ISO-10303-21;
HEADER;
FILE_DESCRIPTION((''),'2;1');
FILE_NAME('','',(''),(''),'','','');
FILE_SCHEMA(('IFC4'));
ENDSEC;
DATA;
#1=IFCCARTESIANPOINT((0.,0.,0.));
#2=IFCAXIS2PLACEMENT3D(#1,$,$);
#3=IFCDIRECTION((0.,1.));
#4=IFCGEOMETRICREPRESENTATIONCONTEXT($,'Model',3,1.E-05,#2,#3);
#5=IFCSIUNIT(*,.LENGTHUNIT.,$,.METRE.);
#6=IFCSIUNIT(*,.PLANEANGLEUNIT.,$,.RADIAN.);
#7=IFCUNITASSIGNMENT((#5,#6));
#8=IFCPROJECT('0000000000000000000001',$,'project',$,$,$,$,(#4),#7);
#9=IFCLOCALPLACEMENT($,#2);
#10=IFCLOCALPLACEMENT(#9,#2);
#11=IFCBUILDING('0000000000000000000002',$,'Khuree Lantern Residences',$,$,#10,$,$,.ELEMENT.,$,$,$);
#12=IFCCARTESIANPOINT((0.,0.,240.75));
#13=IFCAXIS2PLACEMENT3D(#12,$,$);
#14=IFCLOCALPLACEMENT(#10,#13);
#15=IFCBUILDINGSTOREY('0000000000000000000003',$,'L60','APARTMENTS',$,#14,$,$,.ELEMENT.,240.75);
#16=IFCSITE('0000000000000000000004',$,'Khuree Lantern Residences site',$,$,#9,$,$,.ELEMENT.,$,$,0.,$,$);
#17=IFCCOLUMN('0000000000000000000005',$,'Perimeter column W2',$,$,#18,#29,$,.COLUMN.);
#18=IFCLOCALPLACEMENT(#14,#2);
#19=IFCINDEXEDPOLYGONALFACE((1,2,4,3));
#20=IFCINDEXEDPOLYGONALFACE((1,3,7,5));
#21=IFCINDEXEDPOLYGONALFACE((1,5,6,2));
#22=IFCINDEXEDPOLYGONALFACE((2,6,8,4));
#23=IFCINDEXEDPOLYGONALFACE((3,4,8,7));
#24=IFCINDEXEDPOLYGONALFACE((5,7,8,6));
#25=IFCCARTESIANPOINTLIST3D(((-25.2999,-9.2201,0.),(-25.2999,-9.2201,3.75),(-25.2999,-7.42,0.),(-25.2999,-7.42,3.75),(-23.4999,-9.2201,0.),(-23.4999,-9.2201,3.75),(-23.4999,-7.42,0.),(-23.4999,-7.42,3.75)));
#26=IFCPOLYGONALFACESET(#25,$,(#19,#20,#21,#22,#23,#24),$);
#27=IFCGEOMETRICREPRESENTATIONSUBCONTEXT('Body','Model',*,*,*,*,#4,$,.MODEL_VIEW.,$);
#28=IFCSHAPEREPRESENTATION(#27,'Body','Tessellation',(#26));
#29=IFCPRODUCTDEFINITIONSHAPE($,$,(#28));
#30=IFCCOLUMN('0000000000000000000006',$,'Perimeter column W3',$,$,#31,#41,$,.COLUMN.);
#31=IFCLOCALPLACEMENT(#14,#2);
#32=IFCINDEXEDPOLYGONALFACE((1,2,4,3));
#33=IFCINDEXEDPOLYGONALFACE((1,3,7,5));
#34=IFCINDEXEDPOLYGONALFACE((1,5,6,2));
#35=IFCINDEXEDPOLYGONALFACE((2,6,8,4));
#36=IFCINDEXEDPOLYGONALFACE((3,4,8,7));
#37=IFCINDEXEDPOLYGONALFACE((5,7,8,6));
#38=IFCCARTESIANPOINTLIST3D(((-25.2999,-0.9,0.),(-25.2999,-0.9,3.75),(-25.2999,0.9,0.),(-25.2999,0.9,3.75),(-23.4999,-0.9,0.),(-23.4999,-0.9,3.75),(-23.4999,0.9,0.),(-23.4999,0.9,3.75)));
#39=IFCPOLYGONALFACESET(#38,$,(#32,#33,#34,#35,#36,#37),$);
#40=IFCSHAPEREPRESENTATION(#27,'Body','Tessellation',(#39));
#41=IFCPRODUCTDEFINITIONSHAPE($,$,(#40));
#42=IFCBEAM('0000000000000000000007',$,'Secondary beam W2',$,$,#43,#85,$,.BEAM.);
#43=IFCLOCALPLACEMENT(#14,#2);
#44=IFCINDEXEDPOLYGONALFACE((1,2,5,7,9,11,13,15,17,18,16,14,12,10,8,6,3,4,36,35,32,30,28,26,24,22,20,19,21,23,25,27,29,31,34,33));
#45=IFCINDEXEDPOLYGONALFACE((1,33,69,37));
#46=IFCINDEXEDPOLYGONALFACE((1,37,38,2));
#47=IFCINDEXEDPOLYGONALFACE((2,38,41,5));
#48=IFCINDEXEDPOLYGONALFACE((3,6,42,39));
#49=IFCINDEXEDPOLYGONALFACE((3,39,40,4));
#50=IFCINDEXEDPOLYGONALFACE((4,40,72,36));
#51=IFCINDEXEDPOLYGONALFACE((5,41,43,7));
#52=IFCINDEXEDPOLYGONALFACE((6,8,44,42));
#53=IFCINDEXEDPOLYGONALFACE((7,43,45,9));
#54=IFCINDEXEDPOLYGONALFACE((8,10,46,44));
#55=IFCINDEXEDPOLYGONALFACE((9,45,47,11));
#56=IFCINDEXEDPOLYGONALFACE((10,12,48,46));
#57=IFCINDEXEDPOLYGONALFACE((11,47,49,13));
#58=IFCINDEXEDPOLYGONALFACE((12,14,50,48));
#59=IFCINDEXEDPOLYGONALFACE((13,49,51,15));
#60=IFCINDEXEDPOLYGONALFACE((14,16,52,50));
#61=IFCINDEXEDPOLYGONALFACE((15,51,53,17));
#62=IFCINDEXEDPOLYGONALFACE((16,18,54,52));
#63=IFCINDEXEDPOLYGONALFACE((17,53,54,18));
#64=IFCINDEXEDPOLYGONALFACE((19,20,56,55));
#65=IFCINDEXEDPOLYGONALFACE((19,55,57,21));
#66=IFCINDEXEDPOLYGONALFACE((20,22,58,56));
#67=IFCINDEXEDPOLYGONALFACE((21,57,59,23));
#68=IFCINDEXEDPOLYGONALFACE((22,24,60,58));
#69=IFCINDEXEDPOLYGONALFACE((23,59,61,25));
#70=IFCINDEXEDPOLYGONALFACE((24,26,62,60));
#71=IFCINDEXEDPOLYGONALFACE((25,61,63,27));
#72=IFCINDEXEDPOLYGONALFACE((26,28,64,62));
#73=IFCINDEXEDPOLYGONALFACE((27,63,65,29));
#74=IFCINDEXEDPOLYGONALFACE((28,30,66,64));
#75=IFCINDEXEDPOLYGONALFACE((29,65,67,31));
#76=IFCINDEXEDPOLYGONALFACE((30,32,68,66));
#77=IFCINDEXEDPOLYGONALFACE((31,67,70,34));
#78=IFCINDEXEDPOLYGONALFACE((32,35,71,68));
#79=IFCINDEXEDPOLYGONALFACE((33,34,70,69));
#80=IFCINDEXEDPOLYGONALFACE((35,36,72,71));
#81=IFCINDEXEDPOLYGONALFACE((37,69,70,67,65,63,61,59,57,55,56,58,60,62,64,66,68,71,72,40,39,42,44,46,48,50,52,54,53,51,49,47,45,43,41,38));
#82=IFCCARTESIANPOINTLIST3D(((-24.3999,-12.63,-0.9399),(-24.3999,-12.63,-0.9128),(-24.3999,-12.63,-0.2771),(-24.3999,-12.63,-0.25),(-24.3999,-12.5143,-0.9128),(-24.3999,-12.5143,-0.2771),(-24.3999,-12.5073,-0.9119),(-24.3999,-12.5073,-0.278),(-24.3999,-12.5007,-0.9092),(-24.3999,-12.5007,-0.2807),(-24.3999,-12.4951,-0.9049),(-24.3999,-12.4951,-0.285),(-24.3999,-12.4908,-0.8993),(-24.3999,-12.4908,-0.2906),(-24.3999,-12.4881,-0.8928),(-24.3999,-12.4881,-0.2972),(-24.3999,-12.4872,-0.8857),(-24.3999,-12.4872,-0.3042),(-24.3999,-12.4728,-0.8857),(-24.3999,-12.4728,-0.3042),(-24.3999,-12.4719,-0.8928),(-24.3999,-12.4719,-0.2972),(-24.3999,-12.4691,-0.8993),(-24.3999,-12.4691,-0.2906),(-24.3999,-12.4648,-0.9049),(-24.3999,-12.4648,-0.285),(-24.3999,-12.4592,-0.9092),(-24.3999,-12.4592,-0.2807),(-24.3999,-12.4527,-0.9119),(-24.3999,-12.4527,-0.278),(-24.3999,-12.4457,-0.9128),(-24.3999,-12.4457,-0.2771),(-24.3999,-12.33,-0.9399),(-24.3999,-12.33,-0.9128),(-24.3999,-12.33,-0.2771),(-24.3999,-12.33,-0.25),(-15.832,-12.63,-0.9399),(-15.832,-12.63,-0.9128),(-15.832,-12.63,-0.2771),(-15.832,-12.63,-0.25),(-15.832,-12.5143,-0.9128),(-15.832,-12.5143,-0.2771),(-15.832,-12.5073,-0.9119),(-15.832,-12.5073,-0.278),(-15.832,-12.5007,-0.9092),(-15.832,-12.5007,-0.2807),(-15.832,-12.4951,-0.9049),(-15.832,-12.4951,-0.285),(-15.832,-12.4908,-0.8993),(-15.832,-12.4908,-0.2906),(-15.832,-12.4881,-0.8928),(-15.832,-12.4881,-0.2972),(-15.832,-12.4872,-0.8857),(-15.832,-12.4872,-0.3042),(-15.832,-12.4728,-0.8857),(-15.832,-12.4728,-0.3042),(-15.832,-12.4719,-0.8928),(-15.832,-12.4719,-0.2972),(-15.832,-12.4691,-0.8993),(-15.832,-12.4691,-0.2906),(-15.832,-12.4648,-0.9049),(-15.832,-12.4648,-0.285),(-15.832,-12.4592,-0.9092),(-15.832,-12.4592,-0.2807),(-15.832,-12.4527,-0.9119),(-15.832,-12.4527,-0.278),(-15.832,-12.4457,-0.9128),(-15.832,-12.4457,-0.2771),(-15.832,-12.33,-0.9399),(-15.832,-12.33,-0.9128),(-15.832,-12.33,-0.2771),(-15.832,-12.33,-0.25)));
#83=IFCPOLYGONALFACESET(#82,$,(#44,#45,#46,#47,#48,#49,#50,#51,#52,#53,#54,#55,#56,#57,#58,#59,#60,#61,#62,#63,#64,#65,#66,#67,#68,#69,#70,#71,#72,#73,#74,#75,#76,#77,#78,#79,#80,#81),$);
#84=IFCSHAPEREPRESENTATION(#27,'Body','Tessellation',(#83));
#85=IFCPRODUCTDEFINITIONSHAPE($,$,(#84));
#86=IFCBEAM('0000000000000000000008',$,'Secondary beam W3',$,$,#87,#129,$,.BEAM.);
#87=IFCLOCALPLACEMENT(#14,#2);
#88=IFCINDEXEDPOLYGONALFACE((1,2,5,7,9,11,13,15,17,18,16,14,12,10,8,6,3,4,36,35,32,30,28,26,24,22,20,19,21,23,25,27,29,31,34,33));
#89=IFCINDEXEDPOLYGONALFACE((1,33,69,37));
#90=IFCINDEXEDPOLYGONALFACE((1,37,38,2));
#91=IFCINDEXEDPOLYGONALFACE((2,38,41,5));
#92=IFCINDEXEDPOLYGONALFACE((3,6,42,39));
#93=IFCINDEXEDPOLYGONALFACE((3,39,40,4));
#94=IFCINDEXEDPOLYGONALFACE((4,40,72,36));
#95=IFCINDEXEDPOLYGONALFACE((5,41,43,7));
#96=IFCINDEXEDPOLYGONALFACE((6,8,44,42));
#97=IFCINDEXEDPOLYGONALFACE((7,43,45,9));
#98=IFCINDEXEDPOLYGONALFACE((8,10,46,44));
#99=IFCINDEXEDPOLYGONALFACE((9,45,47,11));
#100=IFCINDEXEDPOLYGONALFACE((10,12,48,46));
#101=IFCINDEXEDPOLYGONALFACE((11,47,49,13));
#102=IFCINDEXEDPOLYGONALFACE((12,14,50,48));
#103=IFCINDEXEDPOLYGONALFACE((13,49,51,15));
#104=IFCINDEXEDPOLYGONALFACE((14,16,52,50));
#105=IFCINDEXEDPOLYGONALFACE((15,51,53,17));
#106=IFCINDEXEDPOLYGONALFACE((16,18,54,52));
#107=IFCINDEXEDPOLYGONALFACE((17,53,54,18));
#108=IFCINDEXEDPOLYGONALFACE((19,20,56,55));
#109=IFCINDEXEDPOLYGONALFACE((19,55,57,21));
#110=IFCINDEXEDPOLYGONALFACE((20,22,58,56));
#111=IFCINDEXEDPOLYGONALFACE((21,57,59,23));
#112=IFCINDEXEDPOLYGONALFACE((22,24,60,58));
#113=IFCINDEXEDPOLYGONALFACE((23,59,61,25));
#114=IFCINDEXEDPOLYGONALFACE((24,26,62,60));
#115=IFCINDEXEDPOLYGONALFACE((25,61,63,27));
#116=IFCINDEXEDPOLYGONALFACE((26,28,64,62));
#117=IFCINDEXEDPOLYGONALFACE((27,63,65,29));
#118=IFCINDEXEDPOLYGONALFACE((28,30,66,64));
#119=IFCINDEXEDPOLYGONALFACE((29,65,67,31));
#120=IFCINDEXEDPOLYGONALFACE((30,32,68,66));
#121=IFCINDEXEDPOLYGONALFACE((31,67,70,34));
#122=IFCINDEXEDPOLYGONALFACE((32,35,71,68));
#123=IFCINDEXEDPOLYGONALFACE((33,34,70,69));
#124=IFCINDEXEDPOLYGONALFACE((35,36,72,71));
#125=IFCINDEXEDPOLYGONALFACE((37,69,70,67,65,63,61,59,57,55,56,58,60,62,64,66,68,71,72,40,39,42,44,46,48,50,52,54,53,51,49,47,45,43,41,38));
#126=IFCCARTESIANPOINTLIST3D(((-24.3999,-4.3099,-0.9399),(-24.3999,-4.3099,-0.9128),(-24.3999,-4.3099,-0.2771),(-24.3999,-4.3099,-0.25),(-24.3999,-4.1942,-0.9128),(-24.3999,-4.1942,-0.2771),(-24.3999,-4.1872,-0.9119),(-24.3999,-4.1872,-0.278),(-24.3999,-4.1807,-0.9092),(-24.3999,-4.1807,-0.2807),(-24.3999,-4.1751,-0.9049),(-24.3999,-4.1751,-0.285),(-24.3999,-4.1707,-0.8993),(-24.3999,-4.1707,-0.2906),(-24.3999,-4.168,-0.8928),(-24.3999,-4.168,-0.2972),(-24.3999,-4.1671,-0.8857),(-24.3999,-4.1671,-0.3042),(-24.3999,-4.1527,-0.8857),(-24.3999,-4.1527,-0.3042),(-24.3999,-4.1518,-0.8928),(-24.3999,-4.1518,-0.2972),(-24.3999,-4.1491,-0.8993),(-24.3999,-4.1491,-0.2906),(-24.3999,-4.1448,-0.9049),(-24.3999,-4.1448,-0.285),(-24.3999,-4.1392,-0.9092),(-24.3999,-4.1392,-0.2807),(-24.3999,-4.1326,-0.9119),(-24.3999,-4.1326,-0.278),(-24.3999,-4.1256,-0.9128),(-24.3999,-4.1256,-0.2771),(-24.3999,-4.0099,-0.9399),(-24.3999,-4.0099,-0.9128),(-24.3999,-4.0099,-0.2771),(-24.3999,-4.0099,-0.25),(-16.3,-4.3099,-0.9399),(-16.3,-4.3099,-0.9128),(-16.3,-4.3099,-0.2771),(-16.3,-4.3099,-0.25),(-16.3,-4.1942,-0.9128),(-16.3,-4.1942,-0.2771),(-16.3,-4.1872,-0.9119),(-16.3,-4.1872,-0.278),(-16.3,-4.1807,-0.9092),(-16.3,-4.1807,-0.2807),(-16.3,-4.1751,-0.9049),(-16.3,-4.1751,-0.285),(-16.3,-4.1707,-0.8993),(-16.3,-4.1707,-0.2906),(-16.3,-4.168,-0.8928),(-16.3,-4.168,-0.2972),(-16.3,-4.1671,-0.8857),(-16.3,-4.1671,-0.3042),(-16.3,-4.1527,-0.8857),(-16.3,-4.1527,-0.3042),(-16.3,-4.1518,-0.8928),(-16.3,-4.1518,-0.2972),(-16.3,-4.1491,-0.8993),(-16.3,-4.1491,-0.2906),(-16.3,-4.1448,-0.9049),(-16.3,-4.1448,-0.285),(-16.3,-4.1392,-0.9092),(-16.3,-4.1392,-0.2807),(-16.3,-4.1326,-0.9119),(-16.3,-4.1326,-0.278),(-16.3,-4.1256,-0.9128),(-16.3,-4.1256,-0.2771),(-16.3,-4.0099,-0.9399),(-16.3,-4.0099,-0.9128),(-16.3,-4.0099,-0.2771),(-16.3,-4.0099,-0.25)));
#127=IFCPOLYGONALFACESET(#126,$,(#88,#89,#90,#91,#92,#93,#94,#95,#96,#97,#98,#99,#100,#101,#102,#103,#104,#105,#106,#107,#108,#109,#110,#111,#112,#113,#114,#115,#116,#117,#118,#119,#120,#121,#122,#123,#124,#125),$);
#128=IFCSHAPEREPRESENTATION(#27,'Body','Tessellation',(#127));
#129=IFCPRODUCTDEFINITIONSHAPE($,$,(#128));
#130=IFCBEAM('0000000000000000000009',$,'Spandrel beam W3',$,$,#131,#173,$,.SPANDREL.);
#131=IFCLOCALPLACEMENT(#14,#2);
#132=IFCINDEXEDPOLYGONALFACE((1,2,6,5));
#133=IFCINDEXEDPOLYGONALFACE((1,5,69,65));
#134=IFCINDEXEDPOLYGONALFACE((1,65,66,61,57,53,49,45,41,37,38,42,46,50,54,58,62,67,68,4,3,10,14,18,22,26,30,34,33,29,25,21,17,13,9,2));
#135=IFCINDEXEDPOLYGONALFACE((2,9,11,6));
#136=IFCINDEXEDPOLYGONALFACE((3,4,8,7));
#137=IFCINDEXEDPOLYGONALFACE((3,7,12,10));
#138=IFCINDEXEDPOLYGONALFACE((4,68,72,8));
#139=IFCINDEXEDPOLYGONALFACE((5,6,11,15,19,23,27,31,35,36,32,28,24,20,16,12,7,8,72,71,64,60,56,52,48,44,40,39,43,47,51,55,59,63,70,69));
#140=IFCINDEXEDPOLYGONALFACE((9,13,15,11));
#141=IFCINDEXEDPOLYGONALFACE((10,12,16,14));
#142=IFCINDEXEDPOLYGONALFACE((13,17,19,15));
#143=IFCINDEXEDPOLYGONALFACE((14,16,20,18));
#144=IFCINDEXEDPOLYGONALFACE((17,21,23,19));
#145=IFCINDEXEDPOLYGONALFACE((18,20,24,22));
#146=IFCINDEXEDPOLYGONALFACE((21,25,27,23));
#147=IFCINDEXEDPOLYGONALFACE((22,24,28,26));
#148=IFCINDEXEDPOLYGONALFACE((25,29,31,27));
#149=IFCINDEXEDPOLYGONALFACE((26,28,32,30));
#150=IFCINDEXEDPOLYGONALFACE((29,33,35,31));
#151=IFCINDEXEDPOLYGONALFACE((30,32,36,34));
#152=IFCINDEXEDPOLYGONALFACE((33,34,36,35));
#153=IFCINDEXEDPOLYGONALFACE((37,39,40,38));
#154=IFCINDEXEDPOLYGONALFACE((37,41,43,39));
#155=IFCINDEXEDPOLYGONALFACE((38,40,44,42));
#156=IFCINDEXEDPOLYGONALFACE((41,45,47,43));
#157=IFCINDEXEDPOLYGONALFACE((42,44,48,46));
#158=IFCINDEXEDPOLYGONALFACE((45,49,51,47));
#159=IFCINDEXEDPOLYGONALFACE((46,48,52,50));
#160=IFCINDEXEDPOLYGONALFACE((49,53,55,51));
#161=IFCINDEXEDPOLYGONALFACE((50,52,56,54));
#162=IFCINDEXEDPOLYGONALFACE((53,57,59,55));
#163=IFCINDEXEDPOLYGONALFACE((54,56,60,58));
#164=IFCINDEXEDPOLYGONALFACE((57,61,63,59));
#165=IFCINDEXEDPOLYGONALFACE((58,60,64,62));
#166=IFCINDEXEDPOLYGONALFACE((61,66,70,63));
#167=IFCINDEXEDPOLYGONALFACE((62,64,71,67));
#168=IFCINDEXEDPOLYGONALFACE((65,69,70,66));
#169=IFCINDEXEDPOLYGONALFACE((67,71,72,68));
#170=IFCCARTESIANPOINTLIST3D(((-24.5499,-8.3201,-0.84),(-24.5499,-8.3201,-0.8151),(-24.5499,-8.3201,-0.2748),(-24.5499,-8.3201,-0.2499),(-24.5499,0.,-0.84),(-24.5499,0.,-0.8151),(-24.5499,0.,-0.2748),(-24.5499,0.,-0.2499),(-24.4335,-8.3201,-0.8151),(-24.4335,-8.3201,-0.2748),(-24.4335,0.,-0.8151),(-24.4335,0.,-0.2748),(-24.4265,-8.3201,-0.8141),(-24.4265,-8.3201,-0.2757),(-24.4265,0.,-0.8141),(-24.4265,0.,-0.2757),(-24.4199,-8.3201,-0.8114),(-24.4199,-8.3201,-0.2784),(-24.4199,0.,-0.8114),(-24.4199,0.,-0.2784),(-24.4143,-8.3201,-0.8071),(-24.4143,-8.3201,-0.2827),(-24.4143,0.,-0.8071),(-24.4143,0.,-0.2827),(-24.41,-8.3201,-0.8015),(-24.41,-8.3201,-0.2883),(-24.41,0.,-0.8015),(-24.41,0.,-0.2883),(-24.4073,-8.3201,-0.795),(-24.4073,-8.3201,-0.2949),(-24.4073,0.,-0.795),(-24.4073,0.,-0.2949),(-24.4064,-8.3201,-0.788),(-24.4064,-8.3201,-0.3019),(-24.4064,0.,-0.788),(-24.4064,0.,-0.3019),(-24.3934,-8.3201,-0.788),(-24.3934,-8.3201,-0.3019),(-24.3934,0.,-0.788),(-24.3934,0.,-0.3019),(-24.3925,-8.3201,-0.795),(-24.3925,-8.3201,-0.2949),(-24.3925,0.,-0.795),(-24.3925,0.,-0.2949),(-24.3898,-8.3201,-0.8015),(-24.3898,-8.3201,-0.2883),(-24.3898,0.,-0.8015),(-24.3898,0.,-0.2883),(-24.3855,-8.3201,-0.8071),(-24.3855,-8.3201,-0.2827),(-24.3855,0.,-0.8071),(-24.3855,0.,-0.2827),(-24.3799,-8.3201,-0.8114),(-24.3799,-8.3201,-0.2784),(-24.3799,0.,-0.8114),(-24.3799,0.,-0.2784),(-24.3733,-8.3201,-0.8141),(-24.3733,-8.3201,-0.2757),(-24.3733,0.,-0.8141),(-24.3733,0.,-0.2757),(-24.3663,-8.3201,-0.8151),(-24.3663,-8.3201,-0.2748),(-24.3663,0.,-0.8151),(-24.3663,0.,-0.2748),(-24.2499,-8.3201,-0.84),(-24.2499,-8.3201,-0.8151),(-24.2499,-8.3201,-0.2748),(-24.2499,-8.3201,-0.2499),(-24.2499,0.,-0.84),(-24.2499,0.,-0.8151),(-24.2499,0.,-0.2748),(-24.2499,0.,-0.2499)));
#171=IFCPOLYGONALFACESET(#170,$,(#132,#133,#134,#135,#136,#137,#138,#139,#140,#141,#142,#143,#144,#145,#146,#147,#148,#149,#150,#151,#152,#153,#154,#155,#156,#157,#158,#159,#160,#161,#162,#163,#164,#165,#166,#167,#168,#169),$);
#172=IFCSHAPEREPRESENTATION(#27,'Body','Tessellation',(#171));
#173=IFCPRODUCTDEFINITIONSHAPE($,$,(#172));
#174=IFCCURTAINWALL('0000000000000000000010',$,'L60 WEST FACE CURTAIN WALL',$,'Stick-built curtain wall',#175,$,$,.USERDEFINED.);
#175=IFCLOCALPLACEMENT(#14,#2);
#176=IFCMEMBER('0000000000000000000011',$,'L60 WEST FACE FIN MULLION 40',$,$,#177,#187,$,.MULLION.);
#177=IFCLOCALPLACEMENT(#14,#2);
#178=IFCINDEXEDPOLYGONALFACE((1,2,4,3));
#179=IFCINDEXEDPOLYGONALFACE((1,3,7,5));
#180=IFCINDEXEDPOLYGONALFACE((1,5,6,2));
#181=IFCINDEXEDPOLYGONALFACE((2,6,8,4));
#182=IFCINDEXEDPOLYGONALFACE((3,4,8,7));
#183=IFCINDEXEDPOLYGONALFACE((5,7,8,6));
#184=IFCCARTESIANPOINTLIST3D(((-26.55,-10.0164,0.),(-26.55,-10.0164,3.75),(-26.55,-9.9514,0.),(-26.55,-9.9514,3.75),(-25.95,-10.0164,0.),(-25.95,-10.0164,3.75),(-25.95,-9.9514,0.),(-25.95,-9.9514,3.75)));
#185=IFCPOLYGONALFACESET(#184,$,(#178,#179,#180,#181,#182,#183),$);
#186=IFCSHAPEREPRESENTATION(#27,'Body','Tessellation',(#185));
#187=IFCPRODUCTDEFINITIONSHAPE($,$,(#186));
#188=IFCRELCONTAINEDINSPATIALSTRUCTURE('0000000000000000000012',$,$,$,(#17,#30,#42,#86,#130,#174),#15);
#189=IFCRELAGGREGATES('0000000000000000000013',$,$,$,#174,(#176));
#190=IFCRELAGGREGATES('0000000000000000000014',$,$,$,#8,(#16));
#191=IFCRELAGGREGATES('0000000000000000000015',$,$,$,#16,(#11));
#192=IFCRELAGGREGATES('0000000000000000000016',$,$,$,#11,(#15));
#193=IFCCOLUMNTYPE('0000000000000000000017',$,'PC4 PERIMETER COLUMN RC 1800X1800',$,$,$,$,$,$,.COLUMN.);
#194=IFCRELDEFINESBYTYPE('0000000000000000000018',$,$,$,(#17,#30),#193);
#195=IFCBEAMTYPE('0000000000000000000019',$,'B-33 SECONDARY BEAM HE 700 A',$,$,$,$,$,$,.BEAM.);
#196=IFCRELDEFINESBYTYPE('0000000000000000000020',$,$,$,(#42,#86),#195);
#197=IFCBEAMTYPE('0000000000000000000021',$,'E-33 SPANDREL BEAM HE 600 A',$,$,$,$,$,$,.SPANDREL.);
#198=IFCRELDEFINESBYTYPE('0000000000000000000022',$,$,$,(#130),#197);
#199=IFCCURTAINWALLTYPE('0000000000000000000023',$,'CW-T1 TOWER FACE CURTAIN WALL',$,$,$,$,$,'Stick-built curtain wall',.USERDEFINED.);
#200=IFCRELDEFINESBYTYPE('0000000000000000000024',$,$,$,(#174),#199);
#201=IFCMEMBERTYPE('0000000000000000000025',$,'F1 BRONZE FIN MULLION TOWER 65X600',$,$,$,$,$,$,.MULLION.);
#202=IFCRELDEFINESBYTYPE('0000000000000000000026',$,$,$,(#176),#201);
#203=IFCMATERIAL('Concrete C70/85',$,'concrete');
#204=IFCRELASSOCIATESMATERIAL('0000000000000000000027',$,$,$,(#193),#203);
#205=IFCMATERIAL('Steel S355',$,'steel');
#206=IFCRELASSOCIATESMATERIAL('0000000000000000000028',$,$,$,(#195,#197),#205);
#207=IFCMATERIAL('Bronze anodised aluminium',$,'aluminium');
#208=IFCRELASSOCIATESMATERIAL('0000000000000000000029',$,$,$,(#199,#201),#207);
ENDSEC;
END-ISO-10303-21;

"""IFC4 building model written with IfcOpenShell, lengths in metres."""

from ifc_helpers import new_model, si_unit, direction, frame, origin, origin_2d, place, context, subcontext, project, spatial, rectangle, i_section, extrude, material, material_profile, profile_set, type_object, element, aggregate, save


model = new_model("IFC4")

# Units and contexts
model_context = context("Model", 3, precision=1e-05, world=origin(), true_north=direction((0.0, 1.0)))
body_context = subcontext(model_context, "Body", "Model", "MODEL_VIEW")
ifc_project = project(units=[si_unit("LENGTHUNIT", "METRE"), si_unit("PLANEANGLEUNIT", "RADIAN")], contexts=[model_context])

# Site, building, storey
site_placement = place(None, origin())
site = spatial("IfcSite", under=ifc_project, at=site_placement, Name="Khuree Lantern Residences site", CompositionType="ELEMENT", RefElevation=0.0)
building_placement = place(site_placement, origin())
building = spatial("IfcBuilding", under=site, at=building_placement, Name="Khuree Lantern Residences", CompositionType="ELEMENT")
storey_placement = place(building_placement, frame((0.0, 0.0, 240.75)))
storey = spatial("IfcBuildingStorey", under=building, at=storey_placement, Name="L60", Description="APARTMENTS", CompositionType="ELEMENT", Elevation=240.75)

# Columns
ifc_material_1 = material(Name="Concrete C70/85", Category="concrete")
ifc_material_profile_1 = material_profile(ifc_material_1, rectangle(XDim=1.8, YDim=1.8, at=origin_2d()), Name="RC 1800X1800")
ifc_profile_set_1 = profile_set([ifc_material_profile_1], Name="Concrete C70/85")
column_type = type_object("IfcColumnType", Name="PC4 PERIMETER COLUMN RC 1800X1800", PredefinedType="COLUMN", material=ifc_profile_set_1)
for number, where, z_axis, x_axis, name in (
    (1, (-24.3999, -8.3201, 0.0), (0.0, 0.0, 1.0), (0.0, 1.0, 0.0), "Perimeter column W2"),
    (2, (-24.3999, 0.0, 0.0), (0.0, 0.0, 1.0), (0.0, 1.0, 0.0), "Perimeter column W3"),
):
    element("IfcColumn", number, at=place(storey_placement, frame(where, z_axis=z_axis, x_axis=x_axis)), inside=storey, type_object=column_type, Name=name, PredefinedType="COLUMN", context=body_context, shape_type="SweptSolid", body=[
        extrude(rectangle(XDim=1.8, YDim=1.8, at=origin_2d()), origin(), (0.0, 0.0, 1.0), 3.75),
    ])

# Beams
ifc_material_2 = material(Name="Steel S355", Category="steel")
ifc_material_profile_2 = material_profile(ifc_material_2, i_section(OverallWidth=0.3, OverallDepth=0.6899, WebThickness=0.0144, FlangeThickness=0.0271, FilletRadius=0.0271, at=origin_2d()), Name="HE 700 A")
ifc_profile_set_2 = profile_set([ifc_material_profile_2], Name="Steel S355")
beam_type_1 = type_object("IfcBeamType", Name="B-33 SECONDARY BEAM HE 700 A", PredefinedType="BEAM", material=ifc_profile_set_2)
beam_1_placement = place(storey_placement, frame((-24.3999, -12.48, -0.595), z_axis=(1.0, 0.0, 0.0), x_axis=(0.0, 1.0, 0.0)))
element("IfcBeam", 3, at=beam_1_placement, inside=storey, type_object=beam_type_1, Name="Secondary beam W2", PredefinedType="BEAM", context=body_context, shape_type="SweptSolid", body=[
    extrude(i_section(OverallWidth=0.3, OverallDepth=0.6899, WebThickness=0.0144, FlangeThickness=0.0271, FilletRadius=0.0271, at=origin_2d()), origin(), (0.0, 0.0, 1.0), 8.5679),
])
beam_2_placement = place(storey_placement, frame((-24.3999, -4.1599, -0.595), z_axis=(1.0, 0.0, 0.0), x_axis=(0.0, 1.0, 0.0)))
element("IfcBeam", 4, at=beam_2_placement, inside=storey, type_object=beam_type_1, Name="Secondary beam W3", PredefinedType="BEAM", context=body_context, shape_type="SweptSolid", body=[
    extrude(i_section(OverallWidth=0.3, OverallDepth=0.6899, WebThickness=0.0144, FlangeThickness=0.0271, FilletRadius=0.0271, at=origin_2d()), origin(), (0.0, 0.0, 1.0), 8.0999),
])
ifc_material_profile_3 = material_profile(ifc_material_2, i_section(OverallWidth=0.3, OverallDepth=0.5901, WebThickness=0.0129, FlangeThickness=0.0249, FilletRadius=0.0271, at=origin_2d()), Name="HE 600 A")
ifc_profile_set_3 = profile_set([ifc_material_profile_3], Name="Steel S355")
beam_type_2 = type_object("IfcBeamType", Name="E-33 SPANDREL BEAM HE 600 A", PredefinedType="SPANDREL", material=ifc_profile_set_3)
beam_3_placement = place(storey_placement, frame((-24.3999, -8.3201, -0.5449), z_axis=(0.0, 1.0, 0.0), x_axis=(-1.0, 0.0, 0.0)))
element("IfcBeam", 5, at=beam_3_placement, inside=storey, type_object=beam_type_2, Name="Spandrel beam W3", PredefinedType="SPANDREL", context=body_context, shape_type="SweptSolid", body=[
    extrude(i_section(OverallWidth=0.3, OverallDepth=0.5901, WebThickness=0.0129, FlangeThickness=0.0249, FilletRadius=0.0271, at=origin_2d()), origin(), (0.0, 0.0, 1.0), 8.3201),
])

# Curtain wall, member
ifc_material_3 = material(Name="Bronze anodised aluminium", Category="aluminium")
curtain_wall_type = type_object("IfcCurtainWallType", Name="CW-T1 TOWER FACE CURTAIN WALL", ElementType="Stick-built curtain wall", PredefinedType="USERDEFINED", material=ifc_material_3)
curtain_wall_placement = place(storey_placement, origin())
curtain_wall = element("IfcCurtainWall", 6, at=curtain_wall_placement, inside=storey, type_object=curtain_wall_type, Name="L60 WEST FACE CURTAIN WALL", ObjectType="Stick-built curtain wall", PredefinedType="USERDEFINED")
ifc_material_profile_4 = material_profile(ifc_material_3, rectangle(XDim=0.0649, YDim=0.6001, at=origin_2d()), Name="F1 65X600")
ifc_profile_set_4 = profile_set([ifc_material_profile_4], Name="Bronze anodised aluminium")
member_type_1 = type_object("IfcMemberType", Name="F1 BRONZE FIN MULLION TOWER 65X600", PredefinedType="MULLION", material=ifc_profile_set_4)
member_1_placement = place(storey_placement, frame((-26.25, -9.9839, 0.0), z_axis=(0.0, 0.0, 1.0), x_axis=(0.0, -1.0, 0.0)))
member_1 = element("IfcMember", 7, at=member_1_placement, type_object=member_type_1, Name="L60 WEST FACE FIN MULLION 40", PredefinedType="MULLION", context=body_context, shape_type="SweptSolid", body=[
    extrude(rectangle(XDim=0.0649, YDim=0.6001, at=origin_2d()), origin(), (0.0, 0.0, 1.0), 3.75),
])

aggregate(curtain_wall, [member_1])

save(model, "model.ifc")
